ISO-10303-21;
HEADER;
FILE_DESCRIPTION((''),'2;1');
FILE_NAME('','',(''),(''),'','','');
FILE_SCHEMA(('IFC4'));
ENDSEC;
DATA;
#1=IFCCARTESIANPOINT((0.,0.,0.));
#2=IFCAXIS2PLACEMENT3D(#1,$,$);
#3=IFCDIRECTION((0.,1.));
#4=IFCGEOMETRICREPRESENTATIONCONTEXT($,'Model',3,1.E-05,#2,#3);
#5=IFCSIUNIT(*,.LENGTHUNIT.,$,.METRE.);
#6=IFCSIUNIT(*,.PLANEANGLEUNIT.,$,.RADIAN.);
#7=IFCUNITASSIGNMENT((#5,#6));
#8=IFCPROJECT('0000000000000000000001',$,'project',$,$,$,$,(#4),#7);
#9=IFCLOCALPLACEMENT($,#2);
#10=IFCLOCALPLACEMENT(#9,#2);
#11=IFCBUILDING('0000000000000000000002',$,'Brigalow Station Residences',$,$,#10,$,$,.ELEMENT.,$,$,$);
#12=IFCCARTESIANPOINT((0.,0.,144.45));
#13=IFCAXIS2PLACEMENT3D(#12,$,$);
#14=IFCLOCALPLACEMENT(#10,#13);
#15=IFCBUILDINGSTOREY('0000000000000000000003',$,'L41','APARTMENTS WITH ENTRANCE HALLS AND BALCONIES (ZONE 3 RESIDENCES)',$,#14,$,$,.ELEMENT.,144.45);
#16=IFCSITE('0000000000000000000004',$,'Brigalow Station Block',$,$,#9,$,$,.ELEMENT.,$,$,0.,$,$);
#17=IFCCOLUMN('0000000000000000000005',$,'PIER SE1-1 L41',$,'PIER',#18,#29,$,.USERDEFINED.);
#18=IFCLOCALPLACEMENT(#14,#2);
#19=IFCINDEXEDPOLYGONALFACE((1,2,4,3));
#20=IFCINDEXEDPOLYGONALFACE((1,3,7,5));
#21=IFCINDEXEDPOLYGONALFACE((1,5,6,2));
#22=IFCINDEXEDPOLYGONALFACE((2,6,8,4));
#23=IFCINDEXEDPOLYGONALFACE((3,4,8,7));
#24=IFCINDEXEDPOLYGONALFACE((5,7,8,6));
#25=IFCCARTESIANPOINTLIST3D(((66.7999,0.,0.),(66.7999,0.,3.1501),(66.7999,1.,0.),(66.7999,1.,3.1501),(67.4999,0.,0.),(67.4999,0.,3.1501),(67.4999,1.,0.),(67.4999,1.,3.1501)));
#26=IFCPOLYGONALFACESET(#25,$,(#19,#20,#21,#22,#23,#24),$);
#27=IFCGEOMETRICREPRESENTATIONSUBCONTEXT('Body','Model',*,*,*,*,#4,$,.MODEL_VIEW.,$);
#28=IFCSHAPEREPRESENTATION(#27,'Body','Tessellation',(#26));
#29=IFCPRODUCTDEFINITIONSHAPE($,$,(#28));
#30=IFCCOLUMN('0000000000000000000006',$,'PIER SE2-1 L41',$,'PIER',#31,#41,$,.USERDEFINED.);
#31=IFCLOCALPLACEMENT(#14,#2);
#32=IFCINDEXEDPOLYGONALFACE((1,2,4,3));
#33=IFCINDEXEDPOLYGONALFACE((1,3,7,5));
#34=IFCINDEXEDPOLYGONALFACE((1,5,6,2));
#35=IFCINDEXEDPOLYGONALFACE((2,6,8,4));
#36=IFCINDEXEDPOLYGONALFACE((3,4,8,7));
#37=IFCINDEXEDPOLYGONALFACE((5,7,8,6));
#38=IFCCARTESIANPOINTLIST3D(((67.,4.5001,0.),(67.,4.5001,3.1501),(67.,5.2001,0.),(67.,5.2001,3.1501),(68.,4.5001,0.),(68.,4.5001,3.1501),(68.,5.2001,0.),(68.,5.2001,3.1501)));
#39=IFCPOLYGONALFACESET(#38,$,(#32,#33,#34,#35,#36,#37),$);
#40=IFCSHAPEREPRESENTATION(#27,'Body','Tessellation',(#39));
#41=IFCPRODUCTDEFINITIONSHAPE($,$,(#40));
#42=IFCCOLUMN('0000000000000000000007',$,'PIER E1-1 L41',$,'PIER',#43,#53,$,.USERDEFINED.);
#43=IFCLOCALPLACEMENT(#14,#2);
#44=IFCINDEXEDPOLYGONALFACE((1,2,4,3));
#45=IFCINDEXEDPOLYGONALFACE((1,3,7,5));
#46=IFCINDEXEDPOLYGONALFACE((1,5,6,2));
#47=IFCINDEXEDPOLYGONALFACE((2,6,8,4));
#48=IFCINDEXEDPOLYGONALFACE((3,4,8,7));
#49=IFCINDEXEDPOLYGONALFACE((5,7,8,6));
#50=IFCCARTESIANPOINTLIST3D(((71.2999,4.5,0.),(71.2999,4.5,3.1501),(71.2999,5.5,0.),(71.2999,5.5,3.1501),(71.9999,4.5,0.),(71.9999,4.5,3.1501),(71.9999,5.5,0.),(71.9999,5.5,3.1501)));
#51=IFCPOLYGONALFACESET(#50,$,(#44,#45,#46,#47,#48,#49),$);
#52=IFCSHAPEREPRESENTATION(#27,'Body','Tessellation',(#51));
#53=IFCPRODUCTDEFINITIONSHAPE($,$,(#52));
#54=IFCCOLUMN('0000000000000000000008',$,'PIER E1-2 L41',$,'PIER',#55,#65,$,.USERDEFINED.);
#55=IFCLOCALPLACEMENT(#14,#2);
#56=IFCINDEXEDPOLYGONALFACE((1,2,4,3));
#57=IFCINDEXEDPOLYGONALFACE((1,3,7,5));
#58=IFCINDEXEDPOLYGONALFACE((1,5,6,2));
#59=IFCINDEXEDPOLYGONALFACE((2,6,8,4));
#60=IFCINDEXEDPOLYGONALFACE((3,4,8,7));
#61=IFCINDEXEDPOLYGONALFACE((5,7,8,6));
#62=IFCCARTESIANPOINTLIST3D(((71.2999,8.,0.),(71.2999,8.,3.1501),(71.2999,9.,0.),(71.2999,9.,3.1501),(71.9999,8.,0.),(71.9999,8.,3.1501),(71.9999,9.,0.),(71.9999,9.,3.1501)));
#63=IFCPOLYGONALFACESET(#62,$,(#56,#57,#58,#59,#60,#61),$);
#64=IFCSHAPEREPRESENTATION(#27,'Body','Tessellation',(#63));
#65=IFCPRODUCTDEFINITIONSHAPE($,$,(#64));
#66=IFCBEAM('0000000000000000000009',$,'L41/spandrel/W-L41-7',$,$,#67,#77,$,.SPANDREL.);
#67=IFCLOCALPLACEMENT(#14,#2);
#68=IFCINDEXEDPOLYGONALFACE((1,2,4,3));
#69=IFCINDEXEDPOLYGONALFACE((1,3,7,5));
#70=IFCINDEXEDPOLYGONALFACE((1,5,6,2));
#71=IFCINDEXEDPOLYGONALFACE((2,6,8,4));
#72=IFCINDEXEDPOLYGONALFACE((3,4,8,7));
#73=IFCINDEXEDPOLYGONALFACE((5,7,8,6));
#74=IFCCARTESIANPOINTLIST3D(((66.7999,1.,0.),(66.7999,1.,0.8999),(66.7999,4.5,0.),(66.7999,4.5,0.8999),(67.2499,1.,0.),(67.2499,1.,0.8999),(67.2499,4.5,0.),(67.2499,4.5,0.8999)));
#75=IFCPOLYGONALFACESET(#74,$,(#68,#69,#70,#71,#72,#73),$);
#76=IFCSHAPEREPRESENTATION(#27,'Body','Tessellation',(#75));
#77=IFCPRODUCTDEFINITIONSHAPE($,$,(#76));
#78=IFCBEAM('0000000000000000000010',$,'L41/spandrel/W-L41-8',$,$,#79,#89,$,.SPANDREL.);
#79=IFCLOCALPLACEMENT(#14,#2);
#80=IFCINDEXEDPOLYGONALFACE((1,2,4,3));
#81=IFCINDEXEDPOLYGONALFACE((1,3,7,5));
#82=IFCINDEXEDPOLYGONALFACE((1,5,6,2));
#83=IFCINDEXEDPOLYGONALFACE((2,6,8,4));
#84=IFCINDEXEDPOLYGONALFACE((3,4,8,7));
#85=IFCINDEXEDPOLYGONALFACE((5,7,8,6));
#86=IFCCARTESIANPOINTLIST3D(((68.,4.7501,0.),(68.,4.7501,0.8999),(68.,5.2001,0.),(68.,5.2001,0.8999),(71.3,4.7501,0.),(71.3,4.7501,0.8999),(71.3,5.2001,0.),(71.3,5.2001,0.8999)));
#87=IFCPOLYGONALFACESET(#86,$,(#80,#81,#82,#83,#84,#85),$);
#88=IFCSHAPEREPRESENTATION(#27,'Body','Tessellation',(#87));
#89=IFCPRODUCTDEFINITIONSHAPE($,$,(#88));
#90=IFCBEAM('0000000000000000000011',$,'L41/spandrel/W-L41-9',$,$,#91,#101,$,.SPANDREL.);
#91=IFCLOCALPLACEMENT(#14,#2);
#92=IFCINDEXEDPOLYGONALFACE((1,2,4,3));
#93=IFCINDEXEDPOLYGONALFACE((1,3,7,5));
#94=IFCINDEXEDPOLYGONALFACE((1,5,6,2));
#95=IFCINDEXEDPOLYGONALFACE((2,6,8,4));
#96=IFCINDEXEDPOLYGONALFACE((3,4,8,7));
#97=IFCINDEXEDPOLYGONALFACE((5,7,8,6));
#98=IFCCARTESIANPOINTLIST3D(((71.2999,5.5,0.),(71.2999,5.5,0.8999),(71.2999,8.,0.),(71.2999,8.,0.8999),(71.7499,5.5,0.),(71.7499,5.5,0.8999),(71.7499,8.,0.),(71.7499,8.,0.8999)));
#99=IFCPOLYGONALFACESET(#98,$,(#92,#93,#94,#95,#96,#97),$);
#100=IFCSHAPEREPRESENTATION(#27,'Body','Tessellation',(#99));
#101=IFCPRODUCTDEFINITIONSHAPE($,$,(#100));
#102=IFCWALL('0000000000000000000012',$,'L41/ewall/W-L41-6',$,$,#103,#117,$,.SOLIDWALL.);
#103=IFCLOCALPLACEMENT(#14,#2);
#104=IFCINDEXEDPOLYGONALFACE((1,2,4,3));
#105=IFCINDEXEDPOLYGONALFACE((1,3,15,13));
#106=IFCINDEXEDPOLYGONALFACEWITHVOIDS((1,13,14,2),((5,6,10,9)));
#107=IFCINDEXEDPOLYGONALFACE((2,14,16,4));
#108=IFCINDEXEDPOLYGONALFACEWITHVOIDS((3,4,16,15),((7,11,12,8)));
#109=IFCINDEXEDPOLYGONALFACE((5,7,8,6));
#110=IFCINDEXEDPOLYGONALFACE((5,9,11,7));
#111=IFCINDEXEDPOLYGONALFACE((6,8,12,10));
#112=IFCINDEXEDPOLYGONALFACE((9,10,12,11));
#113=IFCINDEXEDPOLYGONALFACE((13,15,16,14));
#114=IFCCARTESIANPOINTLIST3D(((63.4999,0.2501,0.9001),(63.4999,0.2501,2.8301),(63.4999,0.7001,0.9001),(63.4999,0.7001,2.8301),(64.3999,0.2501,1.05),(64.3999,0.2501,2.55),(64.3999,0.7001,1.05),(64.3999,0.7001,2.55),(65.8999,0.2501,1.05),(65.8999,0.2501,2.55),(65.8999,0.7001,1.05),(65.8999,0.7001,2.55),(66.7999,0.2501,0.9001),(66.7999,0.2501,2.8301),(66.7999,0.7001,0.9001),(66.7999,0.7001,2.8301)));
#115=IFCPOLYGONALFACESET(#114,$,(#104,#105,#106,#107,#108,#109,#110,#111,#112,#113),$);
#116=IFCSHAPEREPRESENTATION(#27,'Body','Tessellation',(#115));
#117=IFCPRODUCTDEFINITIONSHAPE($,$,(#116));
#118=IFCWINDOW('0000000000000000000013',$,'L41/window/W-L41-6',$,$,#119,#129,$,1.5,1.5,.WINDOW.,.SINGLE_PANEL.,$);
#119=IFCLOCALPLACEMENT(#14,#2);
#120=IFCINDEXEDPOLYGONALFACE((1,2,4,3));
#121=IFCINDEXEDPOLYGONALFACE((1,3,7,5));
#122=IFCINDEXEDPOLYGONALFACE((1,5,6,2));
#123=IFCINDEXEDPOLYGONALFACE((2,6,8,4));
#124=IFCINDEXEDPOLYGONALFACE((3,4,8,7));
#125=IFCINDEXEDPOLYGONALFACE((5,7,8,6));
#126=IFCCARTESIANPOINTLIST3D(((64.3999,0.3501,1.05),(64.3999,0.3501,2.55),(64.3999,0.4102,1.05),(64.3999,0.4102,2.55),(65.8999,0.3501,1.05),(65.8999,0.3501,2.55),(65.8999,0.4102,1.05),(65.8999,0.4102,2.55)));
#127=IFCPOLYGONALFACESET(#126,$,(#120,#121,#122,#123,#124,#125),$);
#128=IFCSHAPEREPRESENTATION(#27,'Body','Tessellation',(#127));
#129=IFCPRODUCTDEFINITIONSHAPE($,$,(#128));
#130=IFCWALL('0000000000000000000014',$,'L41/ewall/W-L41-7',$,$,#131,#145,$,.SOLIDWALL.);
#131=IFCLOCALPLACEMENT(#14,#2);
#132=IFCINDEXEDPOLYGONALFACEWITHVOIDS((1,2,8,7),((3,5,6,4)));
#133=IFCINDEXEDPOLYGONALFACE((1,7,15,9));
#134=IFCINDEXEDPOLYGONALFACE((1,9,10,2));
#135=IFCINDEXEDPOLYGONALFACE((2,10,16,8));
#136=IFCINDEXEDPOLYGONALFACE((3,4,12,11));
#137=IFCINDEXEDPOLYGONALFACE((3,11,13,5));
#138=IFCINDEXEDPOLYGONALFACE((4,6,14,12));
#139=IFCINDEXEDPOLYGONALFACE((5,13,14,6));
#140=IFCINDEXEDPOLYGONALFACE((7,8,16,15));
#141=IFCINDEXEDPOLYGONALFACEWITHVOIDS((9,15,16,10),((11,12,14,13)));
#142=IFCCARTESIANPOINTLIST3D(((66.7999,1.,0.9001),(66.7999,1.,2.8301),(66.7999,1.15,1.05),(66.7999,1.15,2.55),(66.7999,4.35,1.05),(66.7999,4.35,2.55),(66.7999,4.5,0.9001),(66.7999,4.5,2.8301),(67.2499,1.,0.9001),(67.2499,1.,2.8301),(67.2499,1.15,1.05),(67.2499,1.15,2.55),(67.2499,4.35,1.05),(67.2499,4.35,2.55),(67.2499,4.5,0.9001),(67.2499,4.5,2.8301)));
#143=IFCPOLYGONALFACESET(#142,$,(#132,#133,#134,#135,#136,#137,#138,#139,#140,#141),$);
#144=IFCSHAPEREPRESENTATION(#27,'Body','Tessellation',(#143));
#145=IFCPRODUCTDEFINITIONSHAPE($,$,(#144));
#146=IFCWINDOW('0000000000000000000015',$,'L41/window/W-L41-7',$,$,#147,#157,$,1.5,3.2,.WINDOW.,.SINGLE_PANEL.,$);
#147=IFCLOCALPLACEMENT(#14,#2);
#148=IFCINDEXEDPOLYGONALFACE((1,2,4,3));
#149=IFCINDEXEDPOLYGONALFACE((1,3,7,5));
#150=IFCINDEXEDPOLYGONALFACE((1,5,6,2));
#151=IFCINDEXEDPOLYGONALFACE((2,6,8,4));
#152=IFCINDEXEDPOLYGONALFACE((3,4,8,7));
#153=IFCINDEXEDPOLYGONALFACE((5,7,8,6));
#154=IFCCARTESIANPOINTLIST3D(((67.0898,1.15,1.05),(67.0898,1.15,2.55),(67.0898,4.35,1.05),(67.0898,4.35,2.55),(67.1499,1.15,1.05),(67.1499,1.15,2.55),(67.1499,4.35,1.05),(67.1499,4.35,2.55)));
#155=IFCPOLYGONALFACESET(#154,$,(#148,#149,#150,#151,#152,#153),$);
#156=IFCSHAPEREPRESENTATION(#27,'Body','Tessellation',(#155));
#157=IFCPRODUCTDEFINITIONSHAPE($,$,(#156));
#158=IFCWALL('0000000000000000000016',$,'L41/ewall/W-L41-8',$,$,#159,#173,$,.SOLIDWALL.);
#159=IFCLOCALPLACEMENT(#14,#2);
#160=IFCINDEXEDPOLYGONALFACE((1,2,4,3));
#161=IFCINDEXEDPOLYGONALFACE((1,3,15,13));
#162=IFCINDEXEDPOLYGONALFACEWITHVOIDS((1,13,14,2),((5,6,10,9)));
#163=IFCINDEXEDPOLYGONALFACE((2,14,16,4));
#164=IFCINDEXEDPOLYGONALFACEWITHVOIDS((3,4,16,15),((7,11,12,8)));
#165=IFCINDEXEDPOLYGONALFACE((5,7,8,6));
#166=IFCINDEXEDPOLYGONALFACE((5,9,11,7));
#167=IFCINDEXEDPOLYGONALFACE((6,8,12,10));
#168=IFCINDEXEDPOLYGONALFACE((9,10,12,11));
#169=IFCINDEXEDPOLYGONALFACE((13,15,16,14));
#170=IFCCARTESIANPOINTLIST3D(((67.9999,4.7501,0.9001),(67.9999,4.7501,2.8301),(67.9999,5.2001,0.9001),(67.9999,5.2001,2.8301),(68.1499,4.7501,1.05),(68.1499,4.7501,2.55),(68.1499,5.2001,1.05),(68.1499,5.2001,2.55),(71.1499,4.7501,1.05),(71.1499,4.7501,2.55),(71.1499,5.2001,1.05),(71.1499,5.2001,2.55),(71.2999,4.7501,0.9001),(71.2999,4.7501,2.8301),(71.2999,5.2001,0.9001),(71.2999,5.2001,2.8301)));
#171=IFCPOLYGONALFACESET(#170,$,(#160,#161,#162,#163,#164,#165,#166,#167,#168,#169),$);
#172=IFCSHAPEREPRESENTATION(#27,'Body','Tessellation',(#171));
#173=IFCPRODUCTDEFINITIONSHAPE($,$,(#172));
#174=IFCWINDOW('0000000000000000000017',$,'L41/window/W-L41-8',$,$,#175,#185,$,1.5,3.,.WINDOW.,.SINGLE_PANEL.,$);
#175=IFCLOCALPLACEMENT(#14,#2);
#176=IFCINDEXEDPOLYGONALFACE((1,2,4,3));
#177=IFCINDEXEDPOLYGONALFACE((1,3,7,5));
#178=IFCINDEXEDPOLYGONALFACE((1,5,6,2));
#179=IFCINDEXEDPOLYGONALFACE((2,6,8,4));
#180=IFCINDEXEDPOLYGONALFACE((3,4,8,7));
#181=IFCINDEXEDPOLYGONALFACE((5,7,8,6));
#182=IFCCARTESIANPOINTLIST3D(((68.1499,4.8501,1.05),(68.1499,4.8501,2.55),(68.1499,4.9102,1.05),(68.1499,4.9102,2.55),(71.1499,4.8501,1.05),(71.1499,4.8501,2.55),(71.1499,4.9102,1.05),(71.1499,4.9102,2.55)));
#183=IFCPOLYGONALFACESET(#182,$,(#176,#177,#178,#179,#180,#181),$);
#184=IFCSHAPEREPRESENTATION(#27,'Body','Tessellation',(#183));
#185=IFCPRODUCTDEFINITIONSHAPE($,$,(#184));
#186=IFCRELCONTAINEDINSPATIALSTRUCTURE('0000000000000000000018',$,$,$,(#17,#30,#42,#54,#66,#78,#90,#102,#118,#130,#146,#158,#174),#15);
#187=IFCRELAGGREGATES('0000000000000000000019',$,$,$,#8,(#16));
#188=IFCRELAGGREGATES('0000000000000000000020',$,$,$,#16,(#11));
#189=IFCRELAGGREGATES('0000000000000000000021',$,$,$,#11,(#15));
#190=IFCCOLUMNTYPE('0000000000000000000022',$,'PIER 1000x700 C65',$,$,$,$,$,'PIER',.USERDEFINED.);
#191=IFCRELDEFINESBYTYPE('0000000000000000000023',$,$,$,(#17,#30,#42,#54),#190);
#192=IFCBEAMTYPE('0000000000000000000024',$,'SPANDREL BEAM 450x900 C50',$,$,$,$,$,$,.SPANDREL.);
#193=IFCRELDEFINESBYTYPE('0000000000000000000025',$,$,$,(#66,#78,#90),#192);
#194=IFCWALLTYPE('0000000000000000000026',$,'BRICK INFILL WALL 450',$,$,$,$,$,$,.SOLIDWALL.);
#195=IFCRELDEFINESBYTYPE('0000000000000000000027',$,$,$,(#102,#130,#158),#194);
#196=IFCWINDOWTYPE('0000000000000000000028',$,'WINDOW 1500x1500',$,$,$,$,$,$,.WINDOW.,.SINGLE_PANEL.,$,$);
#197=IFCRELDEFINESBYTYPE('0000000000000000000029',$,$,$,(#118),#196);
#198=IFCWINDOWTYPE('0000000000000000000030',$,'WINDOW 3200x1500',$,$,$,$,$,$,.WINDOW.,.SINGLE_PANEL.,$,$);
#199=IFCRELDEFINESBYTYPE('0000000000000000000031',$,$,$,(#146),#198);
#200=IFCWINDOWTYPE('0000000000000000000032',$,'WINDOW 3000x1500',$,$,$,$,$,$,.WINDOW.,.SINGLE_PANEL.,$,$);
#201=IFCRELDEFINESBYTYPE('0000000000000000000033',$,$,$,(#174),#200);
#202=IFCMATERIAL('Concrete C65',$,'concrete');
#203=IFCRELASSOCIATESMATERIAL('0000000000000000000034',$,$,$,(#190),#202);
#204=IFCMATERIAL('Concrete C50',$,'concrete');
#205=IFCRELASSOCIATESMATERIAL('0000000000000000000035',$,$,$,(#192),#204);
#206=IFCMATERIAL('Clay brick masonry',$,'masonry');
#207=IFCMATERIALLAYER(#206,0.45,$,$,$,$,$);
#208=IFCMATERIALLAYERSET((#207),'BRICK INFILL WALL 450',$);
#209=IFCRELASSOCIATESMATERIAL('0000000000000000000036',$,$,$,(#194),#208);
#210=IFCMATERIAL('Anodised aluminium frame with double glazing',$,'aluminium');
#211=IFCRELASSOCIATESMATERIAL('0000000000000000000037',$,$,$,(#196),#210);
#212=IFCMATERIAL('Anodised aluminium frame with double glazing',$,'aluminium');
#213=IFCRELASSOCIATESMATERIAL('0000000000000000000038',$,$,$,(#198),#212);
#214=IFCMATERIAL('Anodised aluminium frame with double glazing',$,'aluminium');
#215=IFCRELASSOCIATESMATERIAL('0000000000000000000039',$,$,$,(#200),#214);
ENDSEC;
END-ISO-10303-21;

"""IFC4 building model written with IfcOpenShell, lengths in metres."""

from ifc_helpers import new_model, si_unit, direction, frame, frame_2d, origin, origin_2d, place, context, subcontext, project, spatial, rectangle, extrude, material, layer, layer_set, material_profile, profile_set, type_object, element, fill, save


model = new_model("IFC4")

# Units and contexts
model_context = context("Model", 3, precision=1e-05, world=origin(), true_north=direction((0.0, 1.0)))
body_context = subcontext(model_context, "Body", "Model", "MODEL_VIEW")
ifc_project = project(units=[si_unit("LENGTHUNIT", "METRE"), si_unit("PLANEANGLEUNIT", "RADIAN")], contexts=[model_context])

# Site, building, storey
site_placement = place(None, origin())
site = spatial("IfcSite", under=ifc_project, at=site_placement, Name="Brigalow Station Block", CompositionType="ELEMENT", RefElevation=0.0)
building_placement = place(site_placement, origin())
building = spatial("IfcBuilding", under=site, at=building_placement, Name="Brigalow Station Residences", CompositionType="ELEMENT")
storey_placement = place(building_placement, frame((0.0, 0.0, 144.45)))
storey = spatial("IfcBuildingStorey", under=building, at=storey_placement, Name="L41", Description="APARTMENTS WITH ENTRANCE HALLS AND BALCONIES (ZONE 3 RESIDENCES)", CompositionType="ELEMENT", Elevation=144.45)

# Columns
ifc_material_1 = material(Name="Concrete C65", Category="concrete")
ifc_material_profile_1 = material_profile(ifc_material_1, rectangle(XDim=1.0, YDim=0.7, at=origin_2d()), Name="RC1000x700")
ifc_profile_set_1 = profile_set([ifc_material_profile_1], Name="Concrete C65")
column_type = type_object("IfcColumnType", Name="PIER 1000x700 C65", ElementType="PIER", PredefinedType="USERDEFINED", material=ifc_profile_set_1)
for number, where, z_axis, x_axis, name in (
    (1, (67.1499, 0.5, 0.0), (0.0, 0.0, 1.0), (0.0, 1.0, 0.0), "PIER SE1-1 L41"),
    (2, (67.5, 4.8501, 0.0), (0.0, 0.0, 1.0), (1.0, 0.0, 0.0), "PIER SE2-1 L41"),
    (3, (71.6499, 5.0, 0.0), (0.0, 0.0, 1.0), (0.0, 1.0, 0.0), "PIER E1-1 L41"),
    (4, (71.6499, 8.5, 0.0), (0.0, 0.0, 1.0), (0.0, 1.0, 0.0), "PIER E1-2 L41"),
):
    element("IfcColumn", number, at=place(storey_placement, frame(where, z_axis=z_axis, x_axis=x_axis)), inside=storey, type_object=column_type, Name=name, ObjectType="PIER", PredefinedType="USERDEFINED", context=body_context, shape_type="SweptSolid", body=[
        extrude(rectangle(XDim=1.0, YDim=0.7, at=origin_2d()), origin(), (0.0, 0.0, 1.0), 3.1501),
    ])

# Beams
ifc_material_2 = material(Name="Concrete C50", Category="concrete")
ifc_material_profile_2 = material_profile(ifc_material_2, rectangle(XDim=0.45, YDim=0.8999, at=origin_2d()), Name="RC450x900")
ifc_profile_set_2 = profile_set([ifc_material_profile_2], Name="Concrete C50")
beam_type = type_object("IfcBeamType", Name="SPANDREL BEAM 450x900 C50", PredefinedType="SPANDREL", material=ifc_profile_set_2)
beam_1_placement = place(storey_placement, frame((67.0249, 1.0, 0.45), z_axis=(0.0, 1.0, 0.0), x_axis=(-1.0, 0.0, 0.0)))
element("IfcBeam", 5, at=beam_1_placement, inside=storey, type_object=beam_type, Name="L41/spandrel/W-L41-7", PredefinedType="SPANDREL", context=body_context, shape_type="SweptSolid", body=[
    extrude(rectangle(XDim=0.45, YDim=0.8999, at=origin_2d()), origin(), (0.0, 0.0, 1.0), 3.5),
])
beam_2_placement = place(storey_placement, frame((68.0, 4.9751, 0.45), z_axis=(1.0, 0.0, 0.0), x_axis=(0.0, 1.0, 0.0)))
element("IfcBeam", 6, at=beam_2_placement, inside=storey, type_object=beam_type, Name="L41/spandrel/W-L41-8", PredefinedType="SPANDREL", context=body_context, shape_type="SweptSolid", body=[
    extrude(rectangle(XDim=0.45, YDim=0.8999, at=origin_2d()), origin(), (0.0, 0.0, 1.0), 3.3),
])
beam_3_placement = place(storey_placement, frame((71.5249, 5.5, 0.45), z_axis=(0.0, 1.0, 0.0), x_axis=(-1.0, 0.0, 0.0)))
element("IfcBeam", 7, at=beam_3_placement, inside=storey, type_object=beam_type, Name="L41/spandrel/W-L41-9", PredefinedType="SPANDREL", context=body_context, shape_type="SweptSolid", body=[
    extrude(rectangle(XDim=0.45, YDim=0.8999, at=origin_2d()), origin(), (0.0, 0.0, 1.0), 2.5),
])

# Walls, openings, windows
ifc_material_3 = material(Name="Clay brick masonry", Category="masonry")
ifc_layer_1 = layer(ifc_material_3, 0.45)
ifc_layer_set_1 = layer_set([ifc_layer_1], Name="BRICK INFILL WALL 450")
wall_type_1 = type_object("IfcWallType", Name="BRICK INFILL WALL 450", PredefinedType="SOLIDWALL", material=ifc_layer_set_1)
wall_1_placement = place(storey_placement, frame((63.5, 0.4751, 0.9001), z_axis=(0.0, 0.0, 1.0), x_axis=(1.0, 0.0, 0.0)))
wall_1 = element("IfcWall", 8, at=wall_1_placement, inside=storey, type_object=wall_type_1, Name="L41/ewall/W-L41-6", PredefinedType="SOLIDWALL", context=body_context, shape_type="SweptSolid", body=[
    extrude(rectangle(XDim=3.3, YDim=0.45, at=frame_2d((1.6499, 0.0))), origin(), (0.0, 0.0, 1.0), 1.9299),
])
opening_1_placement = place(wall_1_placement, frame((0.8999, 0.0, 0.1499)))
opening_1 = element("IfcOpeningElement", 9, at=opening_1_placement, cuts=wall_1, PredefinedType="OPENING", context=body_context, shape_type="SweptSolid", body=[
    extrude(rectangle(XDim=1.5, YDim=1.5, at=frame_2d((0.75, 0.75))), frame((0.0, 0.2349, 0.0), z_axis=(0.0, -1.0, 0.0), x_axis=(1.0, 0.0, 0.0)), (0.0, 0.0, 1.0), 0.47),
])
ifc_material_4 = material(Name="Anodised aluminium frame with double glazing", Category="aluminium")
window_type_1 = type_object("IfcWindowType", Name="WINDOW 1500x1500", PartitioningType="SINGLE_PANEL", PredefinedType="WINDOW", material=ifc_material_4)
window_1_placement = place(opening_1_placement, origin())
window_1 = element("IfcWindow", 10, at=window_1_placement, inside=storey, type_object=window_type_1, Name="L41/window/W-L41-6", OverallHeight=1.5, OverallWidth=1.5, PartitioningType="SINGLE_PANEL", PredefinedType="WINDOW", context=body_context, shape_type="SweptSolid", body=[
    extrude(rectangle(XDim=1.5, YDim=1.5, at=frame_2d((0.75, 0.75))), frame((0.0, -0.0649, 0.0), z_axis=(0.0, -1.0, 0.0), x_axis=(1.0, 0.0, 0.0)), (0.0, 0.0, 1.0), 0.0601),
])
fill(opening_1, window_1)
wall_2_placement = place(storey_placement, frame((67.0249, 1.0, 0.9001), z_axis=(0.0, 0.0, 1.0), x_axis=(0.0, 1.0, 0.0)))
wall_2 = element("IfcWall", 11, at=wall_2_placement, inside=storey, type_object=wall_type_1, Name="L41/ewall/W-L41-7", PredefinedType="SOLIDWALL", context=body_context, shape_type="SweptSolid", body=[
    extrude(rectangle(XDim=3.5, YDim=0.45, at=frame_2d((1.75, 0.0))), origin(), (0.0, 0.0, 1.0), 1.9299),
])
opening_2_placement = place(wall_2_placement, frame((0.1499, 0.0, 0.1499)))
opening_2 = element("IfcOpeningElement", 12, at=opening_2_placement, cuts=wall_2, PredefinedType="OPENING", context=body_context, shape_type="SweptSolid", body=[
    extrude(rectangle(XDim=3.2, YDim=1.5, at=frame_2d((1.6001, 0.75))), frame((0.0, 0.2349, 0.0), z_axis=(0.0, -1.0, 0.0), x_axis=(1.0, 0.0, 0.0)), (0.0, 0.0, 1.0), 0.47),
])
ifc_material_5 = material(Name="Anodised aluminium frame with double glazing", Category="aluminium")
window_type_2 = type_object("IfcWindowType", Name="WINDOW 3200x1500", PartitioningType="SINGLE_PANEL", PredefinedType="WINDOW", material=ifc_material_5)
window_2_placement = place(opening_2_placement, origin())
window_2 = element("IfcWindow", 13, at=window_2_placement, inside=storey, type_object=window_type_2, Name="L41/window/W-L41-7", OverallHeight=1.5, OverallWidth=3.2, PartitioningType="SINGLE_PANEL", PredefinedType="WINDOW", context=body_context, shape_type="SweptSolid", body=[
    extrude(rectangle(XDim=3.2, YDim=1.5, at=frame_2d((1.6001, 0.75))), frame((0.0, -0.0649, 0.0), z_axis=(0.0, -1.0, 0.0), x_axis=(1.0, 0.0, 0.0)), (0.0, 0.0, 1.0), 0.0601),
])
fill(opening_2, window_2)
wall_3_placement = place(storey_placement, frame((68.0, 4.9751, 0.9001), z_axis=(0.0, 0.0, 1.0), x_axis=(1.0, 0.0, 0.0)))
wall_3 = element("IfcWall", 14, at=wall_3_placement, inside=storey, type_object=wall_type_1, Name="L41/ewall/W-L41-8", PredefinedType="SOLIDWALL", context=body_context, shape_type="SweptSolid", body=[
    extrude(rectangle(XDim=3.3, YDim=0.45, at=frame_2d((1.6499, 0.0))), origin(), (0.0, 0.0, 1.0), 1.9299),
])
opening_3_placement = place(wall_3_placement, frame((0.1499, 0.0, 0.1499)))
opening_3 = element("IfcOpeningElement", 15, at=opening_3_placement, cuts=wall_3, PredefinedType="OPENING", context=body_context, shape_type="SweptSolid", body=[
    extrude(rectangle(XDim=3.0, YDim=1.5, at=frame_2d((1.5, 0.75))), frame((0.0, 0.2349, 0.0), z_axis=(0.0, -1.0, 0.0), x_axis=(1.0, 0.0, 0.0)), (0.0, 0.0, 1.0), 0.47),
])
ifc_material_6 = material(Name="Anodised aluminium frame with double glazing", Category="aluminium")
window_type_3 = type_object("IfcWindowType", Name="WINDOW 3000x1500", PartitioningType="SINGLE_PANEL", PredefinedType="WINDOW", material=ifc_material_6)
window_3_placement = place(opening_3_placement, origin())
window_3 = element("IfcWindow", 16, at=window_3_placement, inside=storey, type_object=window_type_3, Name="L41/window/W-L41-8", OverallHeight=1.5, OverallWidth=3.0, PartitioningType="SINGLE_PANEL", PredefinedType="WINDOW", context=body_context, shape_type="SweptSolid", body=[
    extrude(rectangle(XDim=3.0, YDim=1.5, at=frame_2d((1.5, 0.75))), frame((0.0, -0.0649, 0.0), z_axis=(0.0, -1.0, 0.0), x_axis=(1.0, 0.0, 0.0)), (0.0, 0.0, 1.0), 0.0601),
])
fill(opening_3, window_3)

save(model, "model.ifc")
